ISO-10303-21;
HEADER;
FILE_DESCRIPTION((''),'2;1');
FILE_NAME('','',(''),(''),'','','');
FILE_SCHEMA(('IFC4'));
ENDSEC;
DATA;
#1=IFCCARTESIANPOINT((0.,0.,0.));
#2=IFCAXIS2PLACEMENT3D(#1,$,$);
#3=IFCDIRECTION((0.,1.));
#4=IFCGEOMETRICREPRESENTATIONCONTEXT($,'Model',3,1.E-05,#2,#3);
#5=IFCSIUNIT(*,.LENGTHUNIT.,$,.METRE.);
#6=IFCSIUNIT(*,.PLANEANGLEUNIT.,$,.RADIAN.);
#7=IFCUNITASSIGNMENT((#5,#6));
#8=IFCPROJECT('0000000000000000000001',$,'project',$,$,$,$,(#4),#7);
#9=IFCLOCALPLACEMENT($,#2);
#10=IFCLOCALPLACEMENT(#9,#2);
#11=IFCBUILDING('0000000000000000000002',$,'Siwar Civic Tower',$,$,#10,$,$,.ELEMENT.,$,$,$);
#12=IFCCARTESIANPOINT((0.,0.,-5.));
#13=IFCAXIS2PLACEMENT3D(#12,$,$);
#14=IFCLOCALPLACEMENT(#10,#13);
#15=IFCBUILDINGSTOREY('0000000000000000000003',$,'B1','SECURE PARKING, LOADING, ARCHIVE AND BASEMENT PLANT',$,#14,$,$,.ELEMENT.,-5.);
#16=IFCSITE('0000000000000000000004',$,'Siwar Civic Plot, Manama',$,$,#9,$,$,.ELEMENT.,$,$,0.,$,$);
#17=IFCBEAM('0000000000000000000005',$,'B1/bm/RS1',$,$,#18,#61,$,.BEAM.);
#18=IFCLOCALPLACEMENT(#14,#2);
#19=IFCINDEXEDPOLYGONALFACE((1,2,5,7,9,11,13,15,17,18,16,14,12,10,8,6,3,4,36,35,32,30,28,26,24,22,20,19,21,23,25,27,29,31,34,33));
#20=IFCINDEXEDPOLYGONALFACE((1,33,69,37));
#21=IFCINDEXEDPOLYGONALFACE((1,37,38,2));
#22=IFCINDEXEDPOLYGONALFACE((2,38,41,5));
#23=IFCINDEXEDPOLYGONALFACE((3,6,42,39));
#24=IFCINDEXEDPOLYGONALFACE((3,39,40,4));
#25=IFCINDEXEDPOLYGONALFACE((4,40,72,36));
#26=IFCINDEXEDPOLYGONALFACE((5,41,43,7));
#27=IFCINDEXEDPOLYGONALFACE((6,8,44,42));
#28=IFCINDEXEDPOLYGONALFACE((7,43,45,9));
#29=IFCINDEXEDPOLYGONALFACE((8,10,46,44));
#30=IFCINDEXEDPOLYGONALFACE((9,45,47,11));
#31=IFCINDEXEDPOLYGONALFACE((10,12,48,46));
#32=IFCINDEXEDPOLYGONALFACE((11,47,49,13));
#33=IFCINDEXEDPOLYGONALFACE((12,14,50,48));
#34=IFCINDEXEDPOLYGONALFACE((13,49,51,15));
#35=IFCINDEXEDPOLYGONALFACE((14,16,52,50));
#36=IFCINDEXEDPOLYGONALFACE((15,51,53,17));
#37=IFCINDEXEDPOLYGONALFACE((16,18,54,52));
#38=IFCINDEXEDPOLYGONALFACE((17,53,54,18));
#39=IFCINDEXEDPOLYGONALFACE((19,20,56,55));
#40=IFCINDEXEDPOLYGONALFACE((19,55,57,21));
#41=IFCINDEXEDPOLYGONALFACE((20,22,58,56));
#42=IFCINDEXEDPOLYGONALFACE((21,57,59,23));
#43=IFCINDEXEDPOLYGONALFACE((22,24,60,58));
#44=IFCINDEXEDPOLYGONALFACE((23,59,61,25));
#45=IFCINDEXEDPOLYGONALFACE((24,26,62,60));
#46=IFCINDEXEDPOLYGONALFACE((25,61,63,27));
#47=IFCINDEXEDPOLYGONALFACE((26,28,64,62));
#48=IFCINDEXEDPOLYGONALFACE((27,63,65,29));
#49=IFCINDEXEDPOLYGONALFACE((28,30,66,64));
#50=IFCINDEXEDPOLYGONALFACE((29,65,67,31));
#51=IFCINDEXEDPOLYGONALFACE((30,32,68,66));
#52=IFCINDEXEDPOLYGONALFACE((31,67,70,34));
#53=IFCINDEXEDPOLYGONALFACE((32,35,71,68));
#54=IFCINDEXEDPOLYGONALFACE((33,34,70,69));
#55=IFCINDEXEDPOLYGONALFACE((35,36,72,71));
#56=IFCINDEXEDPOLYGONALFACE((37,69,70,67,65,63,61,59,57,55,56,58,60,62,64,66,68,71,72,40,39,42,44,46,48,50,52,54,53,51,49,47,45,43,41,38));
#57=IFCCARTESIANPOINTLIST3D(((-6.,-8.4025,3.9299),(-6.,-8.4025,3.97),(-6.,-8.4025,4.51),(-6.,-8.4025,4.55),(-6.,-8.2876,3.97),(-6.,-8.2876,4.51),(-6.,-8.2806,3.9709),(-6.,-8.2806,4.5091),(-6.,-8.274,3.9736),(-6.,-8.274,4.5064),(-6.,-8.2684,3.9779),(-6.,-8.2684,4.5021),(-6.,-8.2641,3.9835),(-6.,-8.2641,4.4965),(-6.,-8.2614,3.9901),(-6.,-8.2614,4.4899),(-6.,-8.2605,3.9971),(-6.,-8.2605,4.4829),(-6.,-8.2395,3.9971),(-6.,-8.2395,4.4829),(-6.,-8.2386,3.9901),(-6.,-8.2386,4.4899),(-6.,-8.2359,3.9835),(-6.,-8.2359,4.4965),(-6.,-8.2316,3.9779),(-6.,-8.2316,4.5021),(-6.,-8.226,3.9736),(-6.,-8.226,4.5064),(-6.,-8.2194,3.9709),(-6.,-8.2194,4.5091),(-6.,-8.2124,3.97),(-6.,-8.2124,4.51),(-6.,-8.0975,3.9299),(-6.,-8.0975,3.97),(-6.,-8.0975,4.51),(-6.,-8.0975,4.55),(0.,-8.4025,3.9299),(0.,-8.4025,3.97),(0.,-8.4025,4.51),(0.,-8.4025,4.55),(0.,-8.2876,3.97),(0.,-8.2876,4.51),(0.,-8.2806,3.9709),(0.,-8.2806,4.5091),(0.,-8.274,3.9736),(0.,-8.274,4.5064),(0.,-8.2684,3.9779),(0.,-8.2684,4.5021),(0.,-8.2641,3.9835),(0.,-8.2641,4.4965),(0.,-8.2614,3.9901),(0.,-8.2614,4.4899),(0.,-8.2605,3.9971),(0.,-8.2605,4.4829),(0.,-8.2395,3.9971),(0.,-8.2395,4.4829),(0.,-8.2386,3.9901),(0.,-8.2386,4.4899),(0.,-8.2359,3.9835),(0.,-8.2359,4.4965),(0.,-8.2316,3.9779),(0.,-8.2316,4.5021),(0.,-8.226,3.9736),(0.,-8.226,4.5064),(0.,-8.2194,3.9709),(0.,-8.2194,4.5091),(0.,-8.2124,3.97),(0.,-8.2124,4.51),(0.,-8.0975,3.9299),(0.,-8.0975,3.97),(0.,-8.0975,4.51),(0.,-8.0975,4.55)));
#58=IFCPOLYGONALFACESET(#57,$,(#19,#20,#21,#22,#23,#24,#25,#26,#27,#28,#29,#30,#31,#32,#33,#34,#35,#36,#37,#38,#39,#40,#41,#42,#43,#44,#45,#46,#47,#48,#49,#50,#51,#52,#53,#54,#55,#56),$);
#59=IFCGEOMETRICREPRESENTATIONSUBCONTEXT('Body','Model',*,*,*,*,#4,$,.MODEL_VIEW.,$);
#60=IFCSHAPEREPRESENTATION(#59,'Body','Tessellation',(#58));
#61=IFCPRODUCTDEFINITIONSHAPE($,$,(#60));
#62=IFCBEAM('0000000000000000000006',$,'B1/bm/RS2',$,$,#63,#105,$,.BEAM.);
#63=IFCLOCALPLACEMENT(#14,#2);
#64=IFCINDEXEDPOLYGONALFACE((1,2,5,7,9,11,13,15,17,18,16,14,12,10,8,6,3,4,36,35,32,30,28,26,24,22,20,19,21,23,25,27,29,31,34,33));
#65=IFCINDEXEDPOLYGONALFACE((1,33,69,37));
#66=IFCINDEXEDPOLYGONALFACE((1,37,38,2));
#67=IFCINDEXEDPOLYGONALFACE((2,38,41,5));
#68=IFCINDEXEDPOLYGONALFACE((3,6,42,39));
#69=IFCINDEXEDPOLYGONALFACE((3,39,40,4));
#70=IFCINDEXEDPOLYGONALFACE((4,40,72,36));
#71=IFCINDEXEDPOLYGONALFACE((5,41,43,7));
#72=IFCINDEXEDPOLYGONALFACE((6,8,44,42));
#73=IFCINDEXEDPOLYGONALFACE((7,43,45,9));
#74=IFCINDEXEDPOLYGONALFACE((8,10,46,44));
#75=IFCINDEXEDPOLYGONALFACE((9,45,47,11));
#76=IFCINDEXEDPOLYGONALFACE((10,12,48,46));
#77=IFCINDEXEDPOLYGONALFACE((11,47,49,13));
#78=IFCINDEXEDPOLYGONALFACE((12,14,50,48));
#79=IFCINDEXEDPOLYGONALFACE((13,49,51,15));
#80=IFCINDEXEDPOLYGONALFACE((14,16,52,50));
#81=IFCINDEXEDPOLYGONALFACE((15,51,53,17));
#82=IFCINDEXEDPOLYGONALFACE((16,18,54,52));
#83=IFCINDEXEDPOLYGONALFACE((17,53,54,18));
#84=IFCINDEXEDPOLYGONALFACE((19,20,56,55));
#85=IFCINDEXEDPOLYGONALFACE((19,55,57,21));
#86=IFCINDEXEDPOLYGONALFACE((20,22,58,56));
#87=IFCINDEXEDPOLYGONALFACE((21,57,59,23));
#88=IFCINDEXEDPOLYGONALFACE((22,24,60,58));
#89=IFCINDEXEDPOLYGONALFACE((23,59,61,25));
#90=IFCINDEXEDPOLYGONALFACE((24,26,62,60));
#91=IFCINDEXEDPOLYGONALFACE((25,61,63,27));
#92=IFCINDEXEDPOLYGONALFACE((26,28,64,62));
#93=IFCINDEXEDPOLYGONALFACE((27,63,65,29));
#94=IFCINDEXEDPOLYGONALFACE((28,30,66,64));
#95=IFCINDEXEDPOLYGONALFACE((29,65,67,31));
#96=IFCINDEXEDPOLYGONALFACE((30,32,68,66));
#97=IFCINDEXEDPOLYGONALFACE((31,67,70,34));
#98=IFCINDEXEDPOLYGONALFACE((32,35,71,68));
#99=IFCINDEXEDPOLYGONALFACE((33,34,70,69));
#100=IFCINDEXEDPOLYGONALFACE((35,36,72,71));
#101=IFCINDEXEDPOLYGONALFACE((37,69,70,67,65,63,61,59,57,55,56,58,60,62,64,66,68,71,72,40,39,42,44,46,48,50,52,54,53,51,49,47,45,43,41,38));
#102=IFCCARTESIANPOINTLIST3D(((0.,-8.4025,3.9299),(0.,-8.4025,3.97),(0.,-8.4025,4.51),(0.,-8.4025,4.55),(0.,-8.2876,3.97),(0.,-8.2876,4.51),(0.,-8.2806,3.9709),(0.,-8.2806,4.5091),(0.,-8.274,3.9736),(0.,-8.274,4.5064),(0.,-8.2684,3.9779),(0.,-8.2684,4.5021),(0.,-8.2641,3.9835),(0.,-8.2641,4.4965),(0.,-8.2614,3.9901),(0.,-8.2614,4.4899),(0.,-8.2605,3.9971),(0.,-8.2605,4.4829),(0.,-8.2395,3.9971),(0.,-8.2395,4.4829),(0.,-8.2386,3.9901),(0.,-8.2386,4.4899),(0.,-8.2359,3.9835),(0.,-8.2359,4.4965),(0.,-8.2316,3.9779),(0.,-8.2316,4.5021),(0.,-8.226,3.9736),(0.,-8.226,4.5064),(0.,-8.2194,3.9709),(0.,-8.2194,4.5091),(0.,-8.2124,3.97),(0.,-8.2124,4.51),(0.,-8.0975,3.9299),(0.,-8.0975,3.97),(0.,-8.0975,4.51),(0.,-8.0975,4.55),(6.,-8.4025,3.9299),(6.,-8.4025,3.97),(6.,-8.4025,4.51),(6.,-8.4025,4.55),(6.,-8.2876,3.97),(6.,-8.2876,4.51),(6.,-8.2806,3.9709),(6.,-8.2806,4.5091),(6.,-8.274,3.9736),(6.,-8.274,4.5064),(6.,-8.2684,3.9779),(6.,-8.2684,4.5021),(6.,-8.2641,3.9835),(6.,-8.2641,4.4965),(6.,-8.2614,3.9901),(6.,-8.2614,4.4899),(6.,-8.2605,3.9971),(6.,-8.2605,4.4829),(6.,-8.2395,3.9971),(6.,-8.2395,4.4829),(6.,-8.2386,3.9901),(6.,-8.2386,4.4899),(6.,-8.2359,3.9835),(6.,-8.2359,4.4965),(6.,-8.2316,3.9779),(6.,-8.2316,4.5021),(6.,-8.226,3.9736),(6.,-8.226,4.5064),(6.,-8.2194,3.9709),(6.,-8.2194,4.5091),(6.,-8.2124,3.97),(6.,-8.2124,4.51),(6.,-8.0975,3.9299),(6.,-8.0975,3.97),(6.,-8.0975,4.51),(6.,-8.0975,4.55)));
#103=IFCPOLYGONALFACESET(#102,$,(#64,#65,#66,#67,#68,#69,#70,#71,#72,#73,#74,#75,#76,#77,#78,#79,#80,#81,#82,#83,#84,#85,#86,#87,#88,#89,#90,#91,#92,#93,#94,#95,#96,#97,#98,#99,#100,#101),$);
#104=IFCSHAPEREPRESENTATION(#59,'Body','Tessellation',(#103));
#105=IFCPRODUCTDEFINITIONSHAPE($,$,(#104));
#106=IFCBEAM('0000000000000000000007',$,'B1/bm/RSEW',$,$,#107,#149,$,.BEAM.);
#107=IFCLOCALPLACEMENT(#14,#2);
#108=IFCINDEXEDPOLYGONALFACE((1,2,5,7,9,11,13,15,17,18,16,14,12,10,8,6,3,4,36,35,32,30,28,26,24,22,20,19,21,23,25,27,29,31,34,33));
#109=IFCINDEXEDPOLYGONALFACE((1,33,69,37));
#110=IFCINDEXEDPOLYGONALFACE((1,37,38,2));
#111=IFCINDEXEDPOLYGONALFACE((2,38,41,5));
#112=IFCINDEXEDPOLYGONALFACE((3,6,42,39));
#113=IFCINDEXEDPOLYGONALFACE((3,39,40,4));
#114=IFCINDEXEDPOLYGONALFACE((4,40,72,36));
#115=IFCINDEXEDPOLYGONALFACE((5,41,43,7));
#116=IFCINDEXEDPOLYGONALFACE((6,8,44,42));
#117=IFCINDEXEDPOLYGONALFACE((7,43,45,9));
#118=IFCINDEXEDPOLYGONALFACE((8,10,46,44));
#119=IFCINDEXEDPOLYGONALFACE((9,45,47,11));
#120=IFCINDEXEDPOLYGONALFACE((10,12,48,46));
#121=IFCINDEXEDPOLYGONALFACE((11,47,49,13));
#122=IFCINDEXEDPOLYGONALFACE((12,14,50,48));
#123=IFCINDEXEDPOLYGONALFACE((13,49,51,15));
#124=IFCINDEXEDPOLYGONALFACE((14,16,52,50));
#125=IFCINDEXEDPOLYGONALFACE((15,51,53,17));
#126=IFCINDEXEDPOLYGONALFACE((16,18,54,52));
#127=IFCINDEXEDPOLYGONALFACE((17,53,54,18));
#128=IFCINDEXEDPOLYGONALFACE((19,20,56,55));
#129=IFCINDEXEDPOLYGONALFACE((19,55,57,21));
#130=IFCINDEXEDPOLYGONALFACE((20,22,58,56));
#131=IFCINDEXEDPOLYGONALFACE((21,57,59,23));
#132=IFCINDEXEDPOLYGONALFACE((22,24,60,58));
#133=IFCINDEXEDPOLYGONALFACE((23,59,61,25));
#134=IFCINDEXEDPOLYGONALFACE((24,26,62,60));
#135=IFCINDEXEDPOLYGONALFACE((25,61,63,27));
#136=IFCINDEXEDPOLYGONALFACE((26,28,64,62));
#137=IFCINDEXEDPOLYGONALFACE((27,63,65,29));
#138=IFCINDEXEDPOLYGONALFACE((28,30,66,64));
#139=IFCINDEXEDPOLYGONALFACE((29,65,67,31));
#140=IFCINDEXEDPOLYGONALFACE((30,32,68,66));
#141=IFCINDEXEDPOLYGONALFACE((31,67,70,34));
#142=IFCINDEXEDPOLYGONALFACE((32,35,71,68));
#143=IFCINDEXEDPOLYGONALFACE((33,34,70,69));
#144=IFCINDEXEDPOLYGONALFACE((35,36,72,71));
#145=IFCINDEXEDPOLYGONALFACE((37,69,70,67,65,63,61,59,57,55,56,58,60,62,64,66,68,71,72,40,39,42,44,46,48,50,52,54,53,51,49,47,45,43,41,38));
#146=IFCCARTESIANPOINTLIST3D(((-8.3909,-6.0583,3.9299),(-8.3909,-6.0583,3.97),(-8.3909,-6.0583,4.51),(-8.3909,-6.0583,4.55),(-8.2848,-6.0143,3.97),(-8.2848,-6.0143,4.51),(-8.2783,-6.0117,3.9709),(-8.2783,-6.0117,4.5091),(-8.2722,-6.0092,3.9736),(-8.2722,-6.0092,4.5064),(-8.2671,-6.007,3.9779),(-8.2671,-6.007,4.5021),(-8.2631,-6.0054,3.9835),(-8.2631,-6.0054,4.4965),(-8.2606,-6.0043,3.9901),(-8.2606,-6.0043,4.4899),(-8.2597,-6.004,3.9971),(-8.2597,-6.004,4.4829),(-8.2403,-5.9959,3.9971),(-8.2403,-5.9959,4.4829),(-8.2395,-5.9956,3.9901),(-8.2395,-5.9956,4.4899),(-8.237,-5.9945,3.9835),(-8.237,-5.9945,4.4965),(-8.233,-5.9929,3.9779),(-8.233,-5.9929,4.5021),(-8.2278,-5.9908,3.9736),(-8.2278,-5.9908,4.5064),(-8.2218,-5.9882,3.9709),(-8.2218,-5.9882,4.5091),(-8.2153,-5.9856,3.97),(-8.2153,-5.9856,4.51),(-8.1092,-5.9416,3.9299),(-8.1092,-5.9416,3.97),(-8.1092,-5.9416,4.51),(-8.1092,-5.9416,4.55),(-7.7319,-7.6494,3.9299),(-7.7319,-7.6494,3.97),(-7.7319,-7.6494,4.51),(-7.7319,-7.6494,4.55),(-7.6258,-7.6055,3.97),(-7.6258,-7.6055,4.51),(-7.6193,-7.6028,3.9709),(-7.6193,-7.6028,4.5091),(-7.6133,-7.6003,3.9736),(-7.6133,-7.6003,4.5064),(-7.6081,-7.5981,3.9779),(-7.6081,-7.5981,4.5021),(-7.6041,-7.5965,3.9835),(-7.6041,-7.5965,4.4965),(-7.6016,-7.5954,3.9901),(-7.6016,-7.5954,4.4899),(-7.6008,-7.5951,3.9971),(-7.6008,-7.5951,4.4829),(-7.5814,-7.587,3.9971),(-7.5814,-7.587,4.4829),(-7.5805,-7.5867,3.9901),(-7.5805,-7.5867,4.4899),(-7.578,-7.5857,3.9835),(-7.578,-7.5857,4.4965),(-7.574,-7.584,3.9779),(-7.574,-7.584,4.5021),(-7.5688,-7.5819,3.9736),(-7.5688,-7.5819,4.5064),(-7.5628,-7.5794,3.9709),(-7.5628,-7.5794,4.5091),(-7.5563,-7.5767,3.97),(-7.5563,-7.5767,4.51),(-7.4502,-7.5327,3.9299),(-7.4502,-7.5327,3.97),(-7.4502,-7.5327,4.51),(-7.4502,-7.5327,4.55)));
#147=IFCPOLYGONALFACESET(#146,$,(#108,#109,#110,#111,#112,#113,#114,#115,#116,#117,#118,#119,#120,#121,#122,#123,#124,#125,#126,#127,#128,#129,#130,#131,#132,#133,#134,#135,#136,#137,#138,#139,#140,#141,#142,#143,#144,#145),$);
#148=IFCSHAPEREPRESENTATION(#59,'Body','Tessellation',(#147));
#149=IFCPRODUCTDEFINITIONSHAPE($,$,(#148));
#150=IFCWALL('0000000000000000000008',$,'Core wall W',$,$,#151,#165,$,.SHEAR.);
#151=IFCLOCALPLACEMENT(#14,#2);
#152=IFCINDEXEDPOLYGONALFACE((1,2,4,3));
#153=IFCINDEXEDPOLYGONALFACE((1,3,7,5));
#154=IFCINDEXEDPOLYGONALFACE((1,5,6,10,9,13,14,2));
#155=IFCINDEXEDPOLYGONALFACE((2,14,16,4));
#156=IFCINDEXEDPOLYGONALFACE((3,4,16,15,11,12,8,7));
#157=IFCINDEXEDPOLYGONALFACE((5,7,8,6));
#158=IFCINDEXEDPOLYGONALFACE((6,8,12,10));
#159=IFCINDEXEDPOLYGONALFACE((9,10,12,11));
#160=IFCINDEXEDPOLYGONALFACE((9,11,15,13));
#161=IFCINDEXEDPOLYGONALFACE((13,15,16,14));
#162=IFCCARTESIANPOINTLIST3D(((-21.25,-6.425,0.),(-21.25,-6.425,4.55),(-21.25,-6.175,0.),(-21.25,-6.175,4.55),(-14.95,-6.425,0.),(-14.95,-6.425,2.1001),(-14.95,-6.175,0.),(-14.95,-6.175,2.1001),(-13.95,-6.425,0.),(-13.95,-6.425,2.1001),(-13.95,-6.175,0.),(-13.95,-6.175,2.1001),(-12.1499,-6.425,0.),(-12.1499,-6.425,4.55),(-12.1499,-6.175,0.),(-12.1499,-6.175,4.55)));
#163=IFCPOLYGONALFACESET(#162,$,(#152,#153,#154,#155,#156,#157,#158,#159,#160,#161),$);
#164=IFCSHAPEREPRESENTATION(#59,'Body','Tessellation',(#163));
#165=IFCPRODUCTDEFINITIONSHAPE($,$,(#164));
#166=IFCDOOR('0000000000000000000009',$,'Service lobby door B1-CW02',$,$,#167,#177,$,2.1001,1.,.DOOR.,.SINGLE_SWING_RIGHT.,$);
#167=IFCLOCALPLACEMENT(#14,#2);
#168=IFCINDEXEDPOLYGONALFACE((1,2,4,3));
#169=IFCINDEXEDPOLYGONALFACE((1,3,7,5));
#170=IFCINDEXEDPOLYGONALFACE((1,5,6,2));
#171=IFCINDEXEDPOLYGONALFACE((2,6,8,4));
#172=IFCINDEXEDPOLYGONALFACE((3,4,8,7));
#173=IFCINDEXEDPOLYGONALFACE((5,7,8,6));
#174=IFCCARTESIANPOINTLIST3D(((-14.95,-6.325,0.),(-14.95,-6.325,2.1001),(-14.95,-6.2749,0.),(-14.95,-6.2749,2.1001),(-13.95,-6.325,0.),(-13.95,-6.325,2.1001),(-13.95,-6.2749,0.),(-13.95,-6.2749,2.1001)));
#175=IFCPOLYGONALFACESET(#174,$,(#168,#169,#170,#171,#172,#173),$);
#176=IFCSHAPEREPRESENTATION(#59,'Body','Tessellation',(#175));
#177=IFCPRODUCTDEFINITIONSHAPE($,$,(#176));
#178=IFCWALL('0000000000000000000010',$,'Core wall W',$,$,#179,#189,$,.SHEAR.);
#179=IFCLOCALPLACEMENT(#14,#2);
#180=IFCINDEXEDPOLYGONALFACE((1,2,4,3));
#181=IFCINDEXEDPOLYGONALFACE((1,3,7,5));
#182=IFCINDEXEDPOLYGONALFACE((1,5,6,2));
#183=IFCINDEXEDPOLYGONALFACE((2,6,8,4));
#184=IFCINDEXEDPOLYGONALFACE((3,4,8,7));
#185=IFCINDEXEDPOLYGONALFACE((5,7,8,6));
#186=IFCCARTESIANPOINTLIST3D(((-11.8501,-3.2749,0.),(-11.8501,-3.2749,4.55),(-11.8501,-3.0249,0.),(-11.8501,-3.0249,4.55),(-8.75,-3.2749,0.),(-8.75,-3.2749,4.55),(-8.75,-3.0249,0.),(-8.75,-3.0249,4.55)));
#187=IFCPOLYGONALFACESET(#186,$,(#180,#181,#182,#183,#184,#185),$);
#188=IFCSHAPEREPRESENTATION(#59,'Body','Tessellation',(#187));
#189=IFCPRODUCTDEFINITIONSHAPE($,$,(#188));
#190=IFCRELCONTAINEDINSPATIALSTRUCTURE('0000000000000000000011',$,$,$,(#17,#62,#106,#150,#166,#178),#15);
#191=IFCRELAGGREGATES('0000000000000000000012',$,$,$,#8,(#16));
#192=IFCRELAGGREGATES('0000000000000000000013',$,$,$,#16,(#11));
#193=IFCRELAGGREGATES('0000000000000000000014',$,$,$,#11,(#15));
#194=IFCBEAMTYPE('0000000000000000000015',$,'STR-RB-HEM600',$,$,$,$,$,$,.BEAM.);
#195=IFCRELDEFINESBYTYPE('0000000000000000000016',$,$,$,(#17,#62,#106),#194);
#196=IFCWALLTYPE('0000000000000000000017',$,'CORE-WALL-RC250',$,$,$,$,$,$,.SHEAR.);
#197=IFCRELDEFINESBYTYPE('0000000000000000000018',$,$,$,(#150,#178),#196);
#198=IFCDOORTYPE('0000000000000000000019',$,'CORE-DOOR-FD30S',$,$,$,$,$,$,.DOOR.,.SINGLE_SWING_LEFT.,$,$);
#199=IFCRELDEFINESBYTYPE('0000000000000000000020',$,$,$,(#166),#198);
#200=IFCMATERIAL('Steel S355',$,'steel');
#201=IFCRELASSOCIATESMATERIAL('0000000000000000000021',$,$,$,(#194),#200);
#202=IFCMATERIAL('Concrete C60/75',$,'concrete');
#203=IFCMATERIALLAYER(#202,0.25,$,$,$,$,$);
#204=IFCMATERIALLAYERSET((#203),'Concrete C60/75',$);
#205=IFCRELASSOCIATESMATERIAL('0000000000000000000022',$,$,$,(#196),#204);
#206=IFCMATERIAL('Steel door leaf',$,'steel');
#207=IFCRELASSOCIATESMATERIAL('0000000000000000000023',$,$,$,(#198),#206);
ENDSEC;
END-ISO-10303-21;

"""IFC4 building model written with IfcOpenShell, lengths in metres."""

from ifc_helpers import new_model, si_unit, direction, frame, frame_2d, origin, origin_2d, place, context, subcontext, project, spatial, rectangle, i_section, extrude, material, layer, layer_set, material_profile, profile_set, type_object, element, fill, save


model = new_model("IFC4")

# Units and contexts
model_context = context("Model", 3, precision=1e-05, world=origin(), true_north=direction((0.0, 1.0)))
body_context = subcontext(model_context, "Body", "Model", "MODEL_VIEW")
ifc_project = project(units=[si_unit("LENGTHUNIT", "METRE"), si_unit("PLANEANGLEUNIT", "RADIAN")], contexts=[model_context])

# Site, building, storey
site_placement = place(None, origin())
site = spatial("IfcSite", under=ifc_project, at=site_placement, Name="Siwar Civic Plot, Manama", CompositionType="ELEMENT", RefElevation=0.0)
building_placement = place(site_placement, origin())
building = spatial("IfcBuilding", under=site, at=building_placement, Name="Siwar Civic Tower", CompositionType="ELEMENT")
storey_placement = place(building_placement, frame((0.0, 0.0, -5.0)))
storey = spatial("IfcBuildingStorey", under=building, at=storey_placement, Name="B1", Description="SECURE PARKING, LOADING, ARCHIVE AND BASEMENT PLANT", CompositionType="ELEMENT", Elevation=-5.0)

# Beams
ifc_material_1 = material(Name="Steel S355", Category="steel")
ifc_material_profile_1 = material_profile(ifc_material_1, i_section(OverallWidth=0.3049, OverallDepth=0.6201, WebThickness=0.021, FlangeThickness=0.04, FilletRadius=0.0271, at=origin_2d()), Name="HEM600")
ifc_profile_set_1 = profile_set([ifc_material_profile_1], Name="Steel S355")
beam_type = type_object("IfcBeamType", Name="STR-RB-HEM600", PredefinedType="BEAM", material=ifc_profile_set_1)
for number, where, z_axis, x_axis, name in (
    (1, (-6.0, -8.25, 4.24), (1.0, 0.0, 0.0), (0.0, 1.0, 0.0), "B1/bm/RS1"),
    (2, (0.0, -8.25, 4.24), (1.0, 0.0, 0.0), (0.0, 1.0, 0.0), "B1/bm/RS2"),
):
    element("IfcBeam", number, at=place(storey_placement, frame(where, z_axis=z_axis, x_axis=x_axis)), inside=storey, type_object=beam_type, Name=name, PredefinedType="BEAM", context=body_context, shape_type="SweptSolid", body=[
        extrude(i_section(OverallWidth=0.3049, OverallDepth=0.6201, WebThickness=0.021, FlangeThickness=0.04, FilletRadius=0.0271, at=origin_2d()), origin(), (0.0, 0.0, 1.0), 6.0),
    ])
beam_1_placement = place(storey_placement, frame((-7.5911, -7.5911, 4.24), z_axis=(-0.382631, 0.923901, 0.0), x_axis=(-0.923901, -0.382631, 0.0)))
element("IfcBeam", 3, at=beam_1_placement, inside=storey, type_object=beam_type, Name="B1/bm/RSEW", PredefinedType="BEAM", context=body_context, shape_type="SweptSolid", body=[
    extrude(i_section(OverallWidth=0.3049, OverallDepth=0.6201, WebThickness=0.021, FlangeThickness=0.04, FilletRadius=0.0271, at=origin_2d()), origin(), (0.0, 0.0, 1.0), 1.7222),
])

# Wall, opening, door
ifc_material_2 = material(Name="Concrete C60/75", Category="concrete")
ifc_layer = layer(ifc_material_2, 0.25)
ifc_layer_set = layer_set([ifc_layer], Name="Concrete C60/75")
wall_type = type_object("IfcWallType", Name="CORE-WALL-RC250", PredefinedType="SHEAR", material=ifc_layer_set)
wall_placement = place(storey_placement, frame((-12.1499, -6.3, 0.0), z_axis=(0.0, 0.0, 1.0), x_axis=(-1.0, 0.0, 0.0)))
wall = element("IfcWall", 4, at=wall_placement, inside=storey, type_object=wall_type, Name="Core wall W", PredefinedType="SHEAR", context=body_context, shape_type="SweptSolid", body=[
    extrude(rectangle(XDim=9.1001, YDim=0.25, at=frame_2d((4.55, 0.0))), origin(), (0.0, 0.0, 1.0), 4.55),
])
opening_placement = place(wall_placement, frame((1.8, 0.0, 0.0)))
opening = element("IfcOpeningElement", 5, at=opening_placement, cuts=wall, PredefinedType="OPENING", context=body_context, shape_type="SweptSolid", body=[
    extrude(rectangle(XDim=1.0, YDim=2.1001, at=frame_2d((0.5, 1.05))), frame((0.0, 0.135, 0.0), z_axis=(0.0, -1.0, 0.0), x_axis=(1.0, 0.0, 0.0)), (0.0, 0.0, 1.0), 0.27),
])
ifc_material_3 = material(Name="Steel door leaf", Category="steel")
door_type = type_object("IfcDoorType", Name="CORE-DOOR-FD30S", OperationType="SINGLE_SWING_LEFT", PredefinedType="DOOR", material=ifc_material_3)
door_placement = place(opening_placement, origin())
door = element("IfcDoor", 6, at=door_placement, inside=storey, type_object=door_type, Name="Service lobby door B1-CW02", OperationType="SINGLE_SWING_RIGHT", OverallHeight=2.1001, OverallWidth=1.0, PredefinedType="DOOR", context=body_context, shape_type="SweptSolid", body=[
    extrude(rectangle(XDim=1.0, YDim=2.1001, at=frame_2d((0.5, 1.05))), frame((0.0, 0.0249, 0.0), z_axis=(0.0, -1.0, 0.0), x_axis=(1.0, 0.0, 0.0)), (0.0, 0.0, 1.0), 0.05),
])
fill(opening, door)

# Wall
for number, where, z_axis, x_axis, name in (
    (7, (-8.75, -3.1499, 0.0), (0.0, 0.0, 1.0), (-1.0, 0.0, 0.0), "Core wall W"),
):
    element("IfcWall", number, at=place(storey_placement, frame(where, z_axis=z_axis, x_axis=x_axis)), inside=storey, type_object=wall_type, Name=name, PredefinedType="SHEAR", context=body_context, shape_type="SweptSolid", body=[
        extrude(rectangle(XDim=3.1001, YDim=0.25, at=frame_2d((1.55, 0.0))), origin(), (0.0, 0.0, 1.0), 4.55),
    ])

save(model, "model.ifc")
